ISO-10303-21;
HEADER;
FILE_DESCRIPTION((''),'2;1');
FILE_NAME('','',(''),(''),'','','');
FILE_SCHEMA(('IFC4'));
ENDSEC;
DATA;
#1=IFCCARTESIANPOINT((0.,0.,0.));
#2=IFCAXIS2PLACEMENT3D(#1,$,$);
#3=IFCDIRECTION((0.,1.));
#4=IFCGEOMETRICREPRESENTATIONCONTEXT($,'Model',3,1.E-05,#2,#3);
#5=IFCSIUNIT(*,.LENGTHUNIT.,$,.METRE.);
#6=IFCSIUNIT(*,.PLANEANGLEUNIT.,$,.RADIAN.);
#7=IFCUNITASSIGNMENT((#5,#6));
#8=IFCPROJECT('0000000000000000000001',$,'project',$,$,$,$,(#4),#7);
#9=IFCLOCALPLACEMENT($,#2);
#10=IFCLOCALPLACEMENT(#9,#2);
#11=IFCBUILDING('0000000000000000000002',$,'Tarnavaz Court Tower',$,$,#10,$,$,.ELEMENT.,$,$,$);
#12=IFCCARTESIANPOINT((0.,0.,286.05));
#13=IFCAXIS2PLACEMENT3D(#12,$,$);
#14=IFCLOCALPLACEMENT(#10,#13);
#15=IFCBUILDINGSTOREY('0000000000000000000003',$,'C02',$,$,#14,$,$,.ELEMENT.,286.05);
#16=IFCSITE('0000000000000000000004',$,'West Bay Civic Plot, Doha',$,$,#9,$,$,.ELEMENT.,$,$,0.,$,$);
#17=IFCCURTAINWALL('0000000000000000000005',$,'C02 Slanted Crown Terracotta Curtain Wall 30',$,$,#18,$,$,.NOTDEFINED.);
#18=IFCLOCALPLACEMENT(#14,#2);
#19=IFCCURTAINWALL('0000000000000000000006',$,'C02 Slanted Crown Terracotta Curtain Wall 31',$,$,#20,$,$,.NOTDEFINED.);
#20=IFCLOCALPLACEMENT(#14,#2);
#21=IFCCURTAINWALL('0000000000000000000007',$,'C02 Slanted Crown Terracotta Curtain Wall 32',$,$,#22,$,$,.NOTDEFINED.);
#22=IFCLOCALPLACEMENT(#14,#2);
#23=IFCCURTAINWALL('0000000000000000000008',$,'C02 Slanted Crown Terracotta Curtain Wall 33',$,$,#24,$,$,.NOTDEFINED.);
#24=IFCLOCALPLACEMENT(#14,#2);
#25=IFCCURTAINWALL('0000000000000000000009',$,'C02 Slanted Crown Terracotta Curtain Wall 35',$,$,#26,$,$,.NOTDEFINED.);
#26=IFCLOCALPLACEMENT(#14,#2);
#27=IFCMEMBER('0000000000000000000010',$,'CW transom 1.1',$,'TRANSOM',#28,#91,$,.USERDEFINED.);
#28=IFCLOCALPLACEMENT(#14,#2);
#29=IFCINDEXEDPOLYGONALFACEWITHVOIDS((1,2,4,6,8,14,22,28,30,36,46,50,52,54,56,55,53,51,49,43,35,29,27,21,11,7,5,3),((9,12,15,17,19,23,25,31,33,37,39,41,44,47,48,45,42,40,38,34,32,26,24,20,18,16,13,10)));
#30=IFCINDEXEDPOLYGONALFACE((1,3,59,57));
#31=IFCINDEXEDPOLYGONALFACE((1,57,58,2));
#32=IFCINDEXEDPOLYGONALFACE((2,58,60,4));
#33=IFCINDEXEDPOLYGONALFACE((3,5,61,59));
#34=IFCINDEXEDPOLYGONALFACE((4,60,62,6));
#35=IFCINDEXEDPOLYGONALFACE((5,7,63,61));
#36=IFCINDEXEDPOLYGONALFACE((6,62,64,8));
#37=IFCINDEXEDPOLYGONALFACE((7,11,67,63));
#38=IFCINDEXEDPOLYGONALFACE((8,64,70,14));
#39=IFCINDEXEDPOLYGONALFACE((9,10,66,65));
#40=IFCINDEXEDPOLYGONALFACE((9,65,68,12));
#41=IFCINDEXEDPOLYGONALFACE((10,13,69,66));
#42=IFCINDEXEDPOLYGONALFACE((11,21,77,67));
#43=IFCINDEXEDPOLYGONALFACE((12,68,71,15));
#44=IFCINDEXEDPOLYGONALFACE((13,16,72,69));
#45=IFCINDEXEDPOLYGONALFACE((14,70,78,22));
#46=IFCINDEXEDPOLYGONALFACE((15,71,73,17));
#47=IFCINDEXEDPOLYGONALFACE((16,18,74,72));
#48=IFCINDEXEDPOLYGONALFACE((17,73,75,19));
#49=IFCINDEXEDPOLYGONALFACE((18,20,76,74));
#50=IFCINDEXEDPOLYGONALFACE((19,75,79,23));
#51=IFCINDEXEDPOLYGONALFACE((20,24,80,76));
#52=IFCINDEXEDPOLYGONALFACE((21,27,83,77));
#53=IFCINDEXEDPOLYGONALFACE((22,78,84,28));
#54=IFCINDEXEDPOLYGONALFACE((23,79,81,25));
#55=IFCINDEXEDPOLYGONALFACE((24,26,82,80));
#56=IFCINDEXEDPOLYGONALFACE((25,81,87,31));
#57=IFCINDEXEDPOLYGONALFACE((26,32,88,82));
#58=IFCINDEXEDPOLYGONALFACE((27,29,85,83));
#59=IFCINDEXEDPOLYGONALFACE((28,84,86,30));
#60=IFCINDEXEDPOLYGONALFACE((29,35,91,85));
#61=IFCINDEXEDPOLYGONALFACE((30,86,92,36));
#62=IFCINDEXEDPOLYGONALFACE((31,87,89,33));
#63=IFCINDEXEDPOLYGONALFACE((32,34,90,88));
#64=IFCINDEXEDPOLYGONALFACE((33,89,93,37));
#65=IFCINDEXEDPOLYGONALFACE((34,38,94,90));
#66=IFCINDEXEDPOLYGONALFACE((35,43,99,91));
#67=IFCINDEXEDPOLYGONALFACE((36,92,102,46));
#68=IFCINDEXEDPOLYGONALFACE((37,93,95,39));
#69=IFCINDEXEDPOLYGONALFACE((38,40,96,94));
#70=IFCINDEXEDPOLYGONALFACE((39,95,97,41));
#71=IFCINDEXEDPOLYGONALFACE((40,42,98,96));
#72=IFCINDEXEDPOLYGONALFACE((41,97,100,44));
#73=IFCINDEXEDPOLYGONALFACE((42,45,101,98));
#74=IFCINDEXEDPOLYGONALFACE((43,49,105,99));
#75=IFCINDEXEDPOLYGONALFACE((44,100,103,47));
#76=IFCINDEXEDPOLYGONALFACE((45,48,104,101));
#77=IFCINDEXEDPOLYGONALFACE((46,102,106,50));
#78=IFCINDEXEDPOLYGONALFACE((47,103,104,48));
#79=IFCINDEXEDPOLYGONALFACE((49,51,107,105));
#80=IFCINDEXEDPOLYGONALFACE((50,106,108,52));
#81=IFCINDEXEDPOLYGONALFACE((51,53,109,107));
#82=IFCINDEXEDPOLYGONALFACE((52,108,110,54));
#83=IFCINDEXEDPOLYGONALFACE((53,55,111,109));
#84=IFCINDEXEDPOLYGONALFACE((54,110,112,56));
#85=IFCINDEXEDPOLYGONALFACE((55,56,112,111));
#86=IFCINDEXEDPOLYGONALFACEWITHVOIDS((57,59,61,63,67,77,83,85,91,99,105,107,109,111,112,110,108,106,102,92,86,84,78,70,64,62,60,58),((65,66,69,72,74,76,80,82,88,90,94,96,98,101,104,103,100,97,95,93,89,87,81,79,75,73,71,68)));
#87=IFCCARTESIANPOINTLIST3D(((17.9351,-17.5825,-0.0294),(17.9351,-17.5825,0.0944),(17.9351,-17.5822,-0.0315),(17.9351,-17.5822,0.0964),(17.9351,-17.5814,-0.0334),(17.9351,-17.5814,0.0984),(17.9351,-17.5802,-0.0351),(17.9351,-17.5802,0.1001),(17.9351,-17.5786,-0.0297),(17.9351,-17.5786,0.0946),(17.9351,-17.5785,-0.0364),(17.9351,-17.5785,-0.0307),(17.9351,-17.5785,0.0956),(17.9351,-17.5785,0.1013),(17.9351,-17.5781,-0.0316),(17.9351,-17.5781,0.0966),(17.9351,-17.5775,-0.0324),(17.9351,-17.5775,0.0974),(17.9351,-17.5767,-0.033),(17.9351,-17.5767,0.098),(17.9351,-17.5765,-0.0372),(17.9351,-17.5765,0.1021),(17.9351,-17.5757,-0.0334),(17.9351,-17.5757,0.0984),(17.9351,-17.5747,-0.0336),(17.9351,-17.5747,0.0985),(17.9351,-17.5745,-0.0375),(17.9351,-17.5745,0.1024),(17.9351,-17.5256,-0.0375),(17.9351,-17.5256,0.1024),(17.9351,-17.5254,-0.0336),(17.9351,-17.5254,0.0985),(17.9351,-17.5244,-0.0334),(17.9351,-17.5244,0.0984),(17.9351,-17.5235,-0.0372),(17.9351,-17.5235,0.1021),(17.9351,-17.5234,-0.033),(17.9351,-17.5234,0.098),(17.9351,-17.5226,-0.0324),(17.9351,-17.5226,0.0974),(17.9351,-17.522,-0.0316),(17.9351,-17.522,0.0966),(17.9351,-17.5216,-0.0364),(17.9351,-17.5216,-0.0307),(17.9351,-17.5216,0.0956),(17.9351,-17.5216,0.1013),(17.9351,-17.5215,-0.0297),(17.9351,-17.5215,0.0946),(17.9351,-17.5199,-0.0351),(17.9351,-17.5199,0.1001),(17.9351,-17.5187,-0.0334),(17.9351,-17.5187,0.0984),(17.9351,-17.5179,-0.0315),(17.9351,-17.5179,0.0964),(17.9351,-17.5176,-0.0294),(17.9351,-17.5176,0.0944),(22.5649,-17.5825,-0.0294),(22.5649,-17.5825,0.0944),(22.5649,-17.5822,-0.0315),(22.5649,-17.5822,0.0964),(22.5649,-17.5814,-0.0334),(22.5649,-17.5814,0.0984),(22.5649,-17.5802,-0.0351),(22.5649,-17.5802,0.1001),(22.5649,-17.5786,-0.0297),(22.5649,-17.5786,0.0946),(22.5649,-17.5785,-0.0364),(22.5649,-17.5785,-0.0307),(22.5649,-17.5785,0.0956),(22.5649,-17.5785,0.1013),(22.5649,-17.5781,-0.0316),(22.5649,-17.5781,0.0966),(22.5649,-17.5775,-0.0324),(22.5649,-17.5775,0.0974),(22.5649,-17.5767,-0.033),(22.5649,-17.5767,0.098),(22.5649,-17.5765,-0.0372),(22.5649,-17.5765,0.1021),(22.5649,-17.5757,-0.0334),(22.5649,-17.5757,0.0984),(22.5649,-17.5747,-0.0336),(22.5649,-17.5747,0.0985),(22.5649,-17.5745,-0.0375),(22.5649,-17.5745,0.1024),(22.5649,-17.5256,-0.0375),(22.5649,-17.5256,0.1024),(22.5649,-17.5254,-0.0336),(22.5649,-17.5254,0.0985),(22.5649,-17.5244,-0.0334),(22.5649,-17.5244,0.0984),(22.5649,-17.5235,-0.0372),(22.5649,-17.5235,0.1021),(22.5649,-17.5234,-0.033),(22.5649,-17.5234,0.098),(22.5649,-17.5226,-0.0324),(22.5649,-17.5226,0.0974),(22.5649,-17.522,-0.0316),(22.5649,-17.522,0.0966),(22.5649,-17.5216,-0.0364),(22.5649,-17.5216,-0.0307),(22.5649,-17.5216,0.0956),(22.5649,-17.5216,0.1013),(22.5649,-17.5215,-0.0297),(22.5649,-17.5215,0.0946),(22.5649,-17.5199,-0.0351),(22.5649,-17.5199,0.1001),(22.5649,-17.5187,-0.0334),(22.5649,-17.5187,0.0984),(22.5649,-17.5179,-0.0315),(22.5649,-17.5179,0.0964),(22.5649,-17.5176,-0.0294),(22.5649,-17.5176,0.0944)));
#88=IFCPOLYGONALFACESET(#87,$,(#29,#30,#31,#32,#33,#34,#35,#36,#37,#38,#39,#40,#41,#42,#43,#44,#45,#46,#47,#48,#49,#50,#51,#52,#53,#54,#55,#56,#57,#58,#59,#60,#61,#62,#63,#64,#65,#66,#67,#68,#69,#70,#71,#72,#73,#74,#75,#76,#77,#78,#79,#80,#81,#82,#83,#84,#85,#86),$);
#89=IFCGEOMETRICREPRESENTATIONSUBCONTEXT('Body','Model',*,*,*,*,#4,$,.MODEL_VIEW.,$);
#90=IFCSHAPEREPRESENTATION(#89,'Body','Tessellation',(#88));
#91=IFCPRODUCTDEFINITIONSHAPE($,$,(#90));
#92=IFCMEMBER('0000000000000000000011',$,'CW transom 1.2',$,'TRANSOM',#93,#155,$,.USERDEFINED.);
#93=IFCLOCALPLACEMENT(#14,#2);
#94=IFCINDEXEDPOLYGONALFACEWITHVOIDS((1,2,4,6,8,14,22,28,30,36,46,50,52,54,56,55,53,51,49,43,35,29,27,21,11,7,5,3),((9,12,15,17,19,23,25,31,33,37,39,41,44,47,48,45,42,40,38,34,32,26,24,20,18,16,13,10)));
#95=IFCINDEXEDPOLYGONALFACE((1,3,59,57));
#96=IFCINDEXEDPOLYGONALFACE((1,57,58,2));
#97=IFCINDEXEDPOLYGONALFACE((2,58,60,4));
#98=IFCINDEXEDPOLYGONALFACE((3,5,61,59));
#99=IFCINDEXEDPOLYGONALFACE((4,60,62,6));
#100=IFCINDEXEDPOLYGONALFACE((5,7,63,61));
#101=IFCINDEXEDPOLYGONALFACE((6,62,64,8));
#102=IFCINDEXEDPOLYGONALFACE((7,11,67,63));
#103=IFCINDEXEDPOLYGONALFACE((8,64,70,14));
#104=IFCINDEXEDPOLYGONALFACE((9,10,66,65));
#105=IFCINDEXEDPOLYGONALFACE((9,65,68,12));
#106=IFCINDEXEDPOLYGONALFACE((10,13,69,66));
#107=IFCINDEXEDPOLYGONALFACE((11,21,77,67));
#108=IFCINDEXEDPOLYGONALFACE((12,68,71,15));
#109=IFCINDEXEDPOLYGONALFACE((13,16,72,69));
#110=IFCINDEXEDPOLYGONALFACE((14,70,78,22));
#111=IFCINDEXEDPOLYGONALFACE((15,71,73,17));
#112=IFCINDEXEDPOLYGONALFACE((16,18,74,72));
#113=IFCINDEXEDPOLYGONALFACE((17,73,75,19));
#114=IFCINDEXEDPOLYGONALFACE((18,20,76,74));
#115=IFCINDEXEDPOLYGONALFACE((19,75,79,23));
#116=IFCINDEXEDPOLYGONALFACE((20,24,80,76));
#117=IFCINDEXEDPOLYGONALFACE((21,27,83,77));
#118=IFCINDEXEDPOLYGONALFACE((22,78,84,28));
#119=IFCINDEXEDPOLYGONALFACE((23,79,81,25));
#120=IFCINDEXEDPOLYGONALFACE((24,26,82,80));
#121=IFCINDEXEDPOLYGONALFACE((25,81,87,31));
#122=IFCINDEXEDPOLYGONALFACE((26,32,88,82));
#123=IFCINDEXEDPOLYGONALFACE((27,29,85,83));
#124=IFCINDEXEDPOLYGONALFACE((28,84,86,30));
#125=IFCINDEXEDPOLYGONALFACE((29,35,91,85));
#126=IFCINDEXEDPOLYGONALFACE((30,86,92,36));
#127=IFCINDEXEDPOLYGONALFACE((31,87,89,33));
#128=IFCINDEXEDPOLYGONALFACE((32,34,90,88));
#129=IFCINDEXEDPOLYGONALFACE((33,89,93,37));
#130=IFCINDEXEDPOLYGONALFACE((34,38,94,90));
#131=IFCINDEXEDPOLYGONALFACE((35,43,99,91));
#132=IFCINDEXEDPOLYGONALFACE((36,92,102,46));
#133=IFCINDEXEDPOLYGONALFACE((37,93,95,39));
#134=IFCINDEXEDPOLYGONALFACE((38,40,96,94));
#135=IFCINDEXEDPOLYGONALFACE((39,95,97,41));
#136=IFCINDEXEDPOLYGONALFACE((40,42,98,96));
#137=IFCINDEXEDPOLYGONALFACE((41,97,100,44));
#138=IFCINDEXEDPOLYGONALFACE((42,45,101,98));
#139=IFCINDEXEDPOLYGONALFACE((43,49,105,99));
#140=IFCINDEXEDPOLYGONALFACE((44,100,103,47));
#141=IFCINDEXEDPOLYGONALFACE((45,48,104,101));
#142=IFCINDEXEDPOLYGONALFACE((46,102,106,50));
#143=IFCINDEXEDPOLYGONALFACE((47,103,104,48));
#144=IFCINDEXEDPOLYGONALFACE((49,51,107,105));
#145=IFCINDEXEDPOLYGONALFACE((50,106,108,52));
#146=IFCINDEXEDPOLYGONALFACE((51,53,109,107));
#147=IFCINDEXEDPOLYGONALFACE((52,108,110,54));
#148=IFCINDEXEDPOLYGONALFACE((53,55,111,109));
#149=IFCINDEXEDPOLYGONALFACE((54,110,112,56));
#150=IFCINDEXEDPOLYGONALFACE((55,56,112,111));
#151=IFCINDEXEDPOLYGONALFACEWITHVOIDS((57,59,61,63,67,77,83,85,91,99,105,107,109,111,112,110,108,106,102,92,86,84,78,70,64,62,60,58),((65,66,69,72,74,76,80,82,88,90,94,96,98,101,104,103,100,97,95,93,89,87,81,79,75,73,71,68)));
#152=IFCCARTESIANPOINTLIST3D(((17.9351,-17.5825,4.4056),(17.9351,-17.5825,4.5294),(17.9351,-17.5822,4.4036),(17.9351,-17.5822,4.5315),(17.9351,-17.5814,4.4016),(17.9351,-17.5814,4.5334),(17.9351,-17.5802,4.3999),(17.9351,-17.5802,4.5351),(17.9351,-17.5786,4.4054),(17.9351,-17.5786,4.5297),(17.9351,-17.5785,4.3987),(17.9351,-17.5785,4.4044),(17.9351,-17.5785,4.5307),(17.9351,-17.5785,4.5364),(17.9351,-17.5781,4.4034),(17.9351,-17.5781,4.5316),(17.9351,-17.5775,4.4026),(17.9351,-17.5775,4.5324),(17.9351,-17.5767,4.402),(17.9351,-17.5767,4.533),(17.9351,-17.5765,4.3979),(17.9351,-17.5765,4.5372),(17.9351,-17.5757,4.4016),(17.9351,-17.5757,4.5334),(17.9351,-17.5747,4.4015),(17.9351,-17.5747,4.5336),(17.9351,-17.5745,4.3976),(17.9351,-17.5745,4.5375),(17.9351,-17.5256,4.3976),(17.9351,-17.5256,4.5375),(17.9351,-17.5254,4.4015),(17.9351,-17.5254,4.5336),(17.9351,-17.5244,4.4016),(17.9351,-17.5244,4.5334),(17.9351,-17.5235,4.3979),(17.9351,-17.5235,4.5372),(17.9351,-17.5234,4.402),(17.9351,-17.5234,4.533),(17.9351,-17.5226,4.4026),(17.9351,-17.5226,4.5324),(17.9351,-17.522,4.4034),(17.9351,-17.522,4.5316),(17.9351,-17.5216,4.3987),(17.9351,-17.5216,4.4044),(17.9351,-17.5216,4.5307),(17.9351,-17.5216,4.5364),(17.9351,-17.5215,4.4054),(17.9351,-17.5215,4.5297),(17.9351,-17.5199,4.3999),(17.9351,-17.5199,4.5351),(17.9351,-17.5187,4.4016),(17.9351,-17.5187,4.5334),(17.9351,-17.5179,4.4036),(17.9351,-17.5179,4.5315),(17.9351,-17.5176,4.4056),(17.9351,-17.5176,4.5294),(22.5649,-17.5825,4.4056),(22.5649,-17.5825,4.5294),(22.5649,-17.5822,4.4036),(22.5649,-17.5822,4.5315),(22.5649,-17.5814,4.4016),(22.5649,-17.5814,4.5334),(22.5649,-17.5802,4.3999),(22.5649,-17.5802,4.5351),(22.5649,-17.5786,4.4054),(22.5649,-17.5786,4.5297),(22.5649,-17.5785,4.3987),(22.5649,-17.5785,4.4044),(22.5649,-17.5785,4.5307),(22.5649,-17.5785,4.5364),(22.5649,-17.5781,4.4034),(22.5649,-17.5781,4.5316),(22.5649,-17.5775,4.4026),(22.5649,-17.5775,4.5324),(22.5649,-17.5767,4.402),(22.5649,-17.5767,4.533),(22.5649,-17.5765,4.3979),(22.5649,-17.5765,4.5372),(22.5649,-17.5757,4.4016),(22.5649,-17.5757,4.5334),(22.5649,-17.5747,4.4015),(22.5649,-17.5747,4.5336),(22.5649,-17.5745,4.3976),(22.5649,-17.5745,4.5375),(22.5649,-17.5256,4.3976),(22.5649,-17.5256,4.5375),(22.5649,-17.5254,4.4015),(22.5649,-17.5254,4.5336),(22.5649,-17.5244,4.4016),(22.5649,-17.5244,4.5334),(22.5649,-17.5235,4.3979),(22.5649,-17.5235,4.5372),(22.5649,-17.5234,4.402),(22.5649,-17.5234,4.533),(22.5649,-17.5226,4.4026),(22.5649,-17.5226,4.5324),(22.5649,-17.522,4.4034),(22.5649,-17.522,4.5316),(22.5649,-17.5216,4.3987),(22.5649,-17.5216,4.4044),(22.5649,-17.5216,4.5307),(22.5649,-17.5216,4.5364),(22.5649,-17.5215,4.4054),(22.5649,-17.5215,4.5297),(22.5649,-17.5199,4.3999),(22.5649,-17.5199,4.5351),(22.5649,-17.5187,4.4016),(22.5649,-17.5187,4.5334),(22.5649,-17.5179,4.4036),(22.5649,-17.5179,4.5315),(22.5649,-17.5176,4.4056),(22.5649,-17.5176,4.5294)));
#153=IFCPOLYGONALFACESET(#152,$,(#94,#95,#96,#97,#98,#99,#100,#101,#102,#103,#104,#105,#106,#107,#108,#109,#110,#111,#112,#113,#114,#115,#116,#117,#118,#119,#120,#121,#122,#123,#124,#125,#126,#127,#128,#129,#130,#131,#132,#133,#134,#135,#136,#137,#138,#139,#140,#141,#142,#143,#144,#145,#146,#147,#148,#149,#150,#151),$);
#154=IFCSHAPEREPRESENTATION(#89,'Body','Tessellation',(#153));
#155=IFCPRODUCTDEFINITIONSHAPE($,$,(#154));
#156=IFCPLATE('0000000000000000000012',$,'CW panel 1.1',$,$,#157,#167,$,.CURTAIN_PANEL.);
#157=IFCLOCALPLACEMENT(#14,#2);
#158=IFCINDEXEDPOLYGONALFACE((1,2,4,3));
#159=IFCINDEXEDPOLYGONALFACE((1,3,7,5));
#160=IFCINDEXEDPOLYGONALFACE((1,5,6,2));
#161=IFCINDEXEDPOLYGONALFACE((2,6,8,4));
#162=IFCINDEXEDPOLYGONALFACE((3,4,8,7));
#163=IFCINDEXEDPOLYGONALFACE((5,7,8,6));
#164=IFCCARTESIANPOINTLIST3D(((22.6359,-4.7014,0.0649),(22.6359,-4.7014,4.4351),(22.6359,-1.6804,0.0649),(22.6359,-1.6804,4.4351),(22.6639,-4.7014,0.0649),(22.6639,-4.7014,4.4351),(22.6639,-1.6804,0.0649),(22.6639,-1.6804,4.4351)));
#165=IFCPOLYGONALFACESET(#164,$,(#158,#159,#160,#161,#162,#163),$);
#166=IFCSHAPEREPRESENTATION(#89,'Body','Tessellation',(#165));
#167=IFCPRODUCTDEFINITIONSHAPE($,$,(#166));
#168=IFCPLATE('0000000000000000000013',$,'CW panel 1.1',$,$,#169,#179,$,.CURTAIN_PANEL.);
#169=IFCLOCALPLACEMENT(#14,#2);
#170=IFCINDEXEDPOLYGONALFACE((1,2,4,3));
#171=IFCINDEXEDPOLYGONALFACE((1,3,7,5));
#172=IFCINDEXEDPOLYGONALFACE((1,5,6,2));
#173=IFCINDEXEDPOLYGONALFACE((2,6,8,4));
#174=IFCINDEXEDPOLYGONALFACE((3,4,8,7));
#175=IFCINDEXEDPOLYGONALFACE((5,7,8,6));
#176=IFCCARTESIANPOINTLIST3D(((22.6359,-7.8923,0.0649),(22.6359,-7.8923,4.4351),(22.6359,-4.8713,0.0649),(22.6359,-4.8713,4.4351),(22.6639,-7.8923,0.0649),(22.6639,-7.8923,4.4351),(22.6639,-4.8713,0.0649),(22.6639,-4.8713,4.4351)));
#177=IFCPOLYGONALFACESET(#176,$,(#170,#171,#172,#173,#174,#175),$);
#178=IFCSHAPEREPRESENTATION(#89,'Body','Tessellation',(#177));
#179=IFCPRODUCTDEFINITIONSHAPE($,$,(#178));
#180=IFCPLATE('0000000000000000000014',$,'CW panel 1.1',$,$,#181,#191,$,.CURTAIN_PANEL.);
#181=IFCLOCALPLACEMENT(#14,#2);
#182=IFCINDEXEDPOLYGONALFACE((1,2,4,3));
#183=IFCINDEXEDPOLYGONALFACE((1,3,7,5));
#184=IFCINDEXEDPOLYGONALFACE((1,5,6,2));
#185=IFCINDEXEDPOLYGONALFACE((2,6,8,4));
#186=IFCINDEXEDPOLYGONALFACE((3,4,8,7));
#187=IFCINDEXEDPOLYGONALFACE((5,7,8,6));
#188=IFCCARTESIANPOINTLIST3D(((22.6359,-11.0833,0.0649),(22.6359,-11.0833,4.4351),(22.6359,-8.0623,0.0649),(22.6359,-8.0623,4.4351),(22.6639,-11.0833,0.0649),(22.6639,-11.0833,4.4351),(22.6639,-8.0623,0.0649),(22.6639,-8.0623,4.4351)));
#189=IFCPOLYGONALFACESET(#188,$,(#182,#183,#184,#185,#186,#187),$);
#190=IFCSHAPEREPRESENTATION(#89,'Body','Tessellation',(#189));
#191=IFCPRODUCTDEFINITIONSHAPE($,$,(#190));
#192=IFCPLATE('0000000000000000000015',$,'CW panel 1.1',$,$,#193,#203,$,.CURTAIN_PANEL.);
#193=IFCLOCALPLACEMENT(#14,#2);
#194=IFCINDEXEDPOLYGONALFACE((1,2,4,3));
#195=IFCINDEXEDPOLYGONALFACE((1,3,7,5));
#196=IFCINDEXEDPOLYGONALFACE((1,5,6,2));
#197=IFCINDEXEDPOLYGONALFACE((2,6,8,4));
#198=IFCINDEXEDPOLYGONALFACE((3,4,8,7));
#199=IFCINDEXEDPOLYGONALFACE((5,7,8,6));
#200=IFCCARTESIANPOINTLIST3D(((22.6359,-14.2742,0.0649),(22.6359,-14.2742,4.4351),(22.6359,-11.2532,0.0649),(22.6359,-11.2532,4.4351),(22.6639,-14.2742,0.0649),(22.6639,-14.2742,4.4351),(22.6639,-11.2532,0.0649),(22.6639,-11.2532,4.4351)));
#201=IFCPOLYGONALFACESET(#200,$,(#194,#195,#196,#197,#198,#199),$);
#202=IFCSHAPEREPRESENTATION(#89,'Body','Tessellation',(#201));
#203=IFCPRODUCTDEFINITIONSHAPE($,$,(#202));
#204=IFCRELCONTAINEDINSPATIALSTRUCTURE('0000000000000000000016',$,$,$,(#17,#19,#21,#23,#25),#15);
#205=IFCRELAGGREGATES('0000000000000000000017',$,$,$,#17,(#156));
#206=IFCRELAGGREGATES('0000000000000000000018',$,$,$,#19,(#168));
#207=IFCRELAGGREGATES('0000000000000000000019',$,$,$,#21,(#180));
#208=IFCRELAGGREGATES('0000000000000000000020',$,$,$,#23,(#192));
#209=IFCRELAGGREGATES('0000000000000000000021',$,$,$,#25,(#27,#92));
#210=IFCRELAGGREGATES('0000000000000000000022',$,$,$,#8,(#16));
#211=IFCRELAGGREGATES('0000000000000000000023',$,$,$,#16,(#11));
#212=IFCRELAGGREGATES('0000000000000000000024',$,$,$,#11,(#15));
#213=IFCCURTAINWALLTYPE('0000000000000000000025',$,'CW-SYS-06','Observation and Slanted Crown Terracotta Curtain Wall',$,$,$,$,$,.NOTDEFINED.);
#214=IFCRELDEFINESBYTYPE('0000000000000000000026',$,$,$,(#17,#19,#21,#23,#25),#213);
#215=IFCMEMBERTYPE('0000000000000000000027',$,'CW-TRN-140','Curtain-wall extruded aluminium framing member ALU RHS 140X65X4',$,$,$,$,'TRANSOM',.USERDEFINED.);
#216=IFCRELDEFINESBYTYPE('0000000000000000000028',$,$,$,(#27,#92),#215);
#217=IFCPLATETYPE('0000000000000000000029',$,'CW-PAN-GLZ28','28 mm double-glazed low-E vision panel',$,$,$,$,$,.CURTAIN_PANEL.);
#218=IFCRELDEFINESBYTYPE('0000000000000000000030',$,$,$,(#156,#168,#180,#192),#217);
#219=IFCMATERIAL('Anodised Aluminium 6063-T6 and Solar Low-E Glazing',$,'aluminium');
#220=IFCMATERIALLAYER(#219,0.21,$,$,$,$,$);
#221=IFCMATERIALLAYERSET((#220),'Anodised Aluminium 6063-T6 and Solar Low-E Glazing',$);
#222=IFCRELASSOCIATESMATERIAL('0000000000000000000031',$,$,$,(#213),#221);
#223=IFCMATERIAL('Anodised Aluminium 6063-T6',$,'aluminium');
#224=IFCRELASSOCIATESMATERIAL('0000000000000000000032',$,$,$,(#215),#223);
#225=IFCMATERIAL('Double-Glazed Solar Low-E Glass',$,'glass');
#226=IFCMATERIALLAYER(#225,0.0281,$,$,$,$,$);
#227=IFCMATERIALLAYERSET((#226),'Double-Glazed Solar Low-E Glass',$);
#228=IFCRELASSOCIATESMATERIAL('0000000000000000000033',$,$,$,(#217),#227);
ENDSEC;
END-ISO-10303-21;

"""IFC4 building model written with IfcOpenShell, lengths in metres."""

from ifc_helpers import new_model, si_unit, direction, frame, origin, origin_2d, place, context, subcontext, project, spatial, rectangle, hollow_rectangle, extrude, material, layer, layer_set, material_profile, profile_set, type_object, element, aggregate, save


model = new_model("IFC4")

# Units and contexts
model_context = context("Model", 3, precision=1e-05, world=origin(), true_north=direction((0.0, 1.0)))
body_context = subcontext(model_context, "Body", "Model", "MODEL_VIEW")
ifc_project = project(units=[si_unit("LENGTHUNIT", "METRE"), si_unit("PLANEANGLEUNIT", "RADIAN")], contexts=[model_context])

# Site, building, storey
site_placement = place(None, origin())
site = spatial("IfcSite", under=ifc_project, at=site_placement, Name="West Bay Civic Plot, Doha", CompositionType="ELEMENT", RefElevation=0.0)
building_placement = place(site_placement, origin())
building = spatial("IfcBuilding", under=site, at=building_placement, Name="Tarnavaz Court Tower", CompositionType="ELEMENT")
storey_placement = place(building_placement, frame((0.0, 0.0, 286.05)))
storey = spatial("IfcBuildingStorey", under=building, at=storey_placement, Name="C02", CompositionType="ELEMENT", Elevation=286.05)

# Shared definitions
ifc_material_1 = material(Name="Anodised Aluminium 6063-T6 and Solar Low-E Glazing", Category="aluminium")
ifc_layer_1 = layer(ifc_material_1, 0.21)
ifc_layer_set_1 = layer_set([ifc_layer_1], Name="Anodised Aluminium 6063-T6 and Solar Low-E Glazing")
curtain_wall_type = type_object("IfcCurtainWallType", Name="CW-SYS-06", Description="Observation and Slanted Crown Terracotta Curtain Wall", PredefinedType="NOTDEFINED", material=ifc_layer_set_1)
ifc_material_2 = material(Name="Anodised Aluminium 6063-T6", Category="aluminium")

# Curtain walls
curtain_wall_1_placement = place(storey_placement, origin())
curtain_wall_1 = element("IfcCurtainWall", 1, at=curtain_wall_1_placement, inside=storey, type_object=curtain_wall_type, Name="C02 Slanted Crown Terracotta Curtain Wall 30", PredefinedType="NOTDEFINED")
curtain_wall_2_placement = place(storey_placement, origin())
curtain_wall_2 = element("IfcCurtainWall", 2, at=curtain_wall_2_placement, inside=storey, type_object=curtain_wall_type, Name="C02 Slanted Crown Terracotta Curtain Wall 31", PredefinedType="NOTDEFINED")
curtain_wall_3_placement = place(storey_placement, origin())
curtain_wall_3 = element("IfcCurtainWall", 3, at=curtain_wall_3_placement, inside=storey, type_object=curtain_wall_type, Name="C02 Slanted Crown Terracotta Curtain Wall 32", PredefinedType="NOTDEFINED")
curtain_wall_4_placement = place(storey_placement, origin())
curtain_wall_4 = element("IfcCurtainWall", 4, at=curtain_wall_4_placement, inside=storey, type_object=curtain_wall_type, Name="C02 Slanted Crown Terracotta Curtain Wall 33", PredefinedType="NOTDEFINED")

# Curtain wall
curtain_wall_5_placement = place(storey_placement, origin())
curtain_wall_5 = element("IfcCurtainWall", 5, at=curtain_wall_5_placement, inside=storey, type_object=curtain_wall_type, Name="C02 Slanted Crown Terracotta Curtain Wall 35", PredefinedType="NOTDEFINED")

# Members
ifc_material_profile_1 = material_profile(ifc_material_2, hollow_rectangle(XDim=0.0649, YDim=0.1399, WallThickness=0.0039, InnerFilletRadius=0.0039, OuterFilletRadius=0.0081, at=origin_2d()), Name="ALU RHS 140X65X4")
ifc_profile_set_1 = profile_set([ifc_material_profile_1], Name="Anodised Aluminium 6063-T6")
member_type_1 = type_object("IfcMemberType", Name="CW-TRN-140", Description="Curtain-wall extruded aluminium framing member ALU RHS 140X65X4", ElementType="TRANSOM", PredefinedType="USERDEFINED", material=ifc_profile_set_1)
member_1_placement = place(storey_placement, frame((22.5649, -17.55, 0.0325), z_axis=(-1.0, 0.0, 0.0), x_axis=(0.0, -1.0, 0.0)))
member_1 = element("IfcMember", 6, at=member_1_placement, type_object=member_type_1, Name="CW transom 1.1", ObjectType="TRANSOM", PredefinedType="USERDEFINED", context=body_context, shape_type="SweptSolid", body=[
    extrude(hollow_rectangle(XDim=0.0649, YDim=0.1399, WallThickness=0.0039, InnerFilletRadius=0.0039, OuterFilletRadius=0.0081, at=origin_2d()), origin(), (0.0, 0.0, 1.0), 4.6299),
])
member_2_placement = place(storey_placement, frame((22.5649, -17.55, 4.4675), z_axis=(-1.0, 0.0, 0.0), x_axis=(0.0, -1.0, 0.0)))
member_2 = element("IfcMember", 7, at=member_2_placement, type_object=member_type_1, Name="CW transom 1.2", ObjectType="TRANSOM", PredefinedType="USERDEFINED", context=body_context, shape_type="SweptSolid", body=[
    extrude(hollow_rectangle(XDim=0.0649, YDim=0.1399, WallThickness=0.0039, InnerFilletRadius=0.0039, OuterFilletRadius=0.0081, at=origin_2d()), origin(), (0.0, 0.0, 1.0), 4.6299),
])

# Plates
ifc_material_3 = material(Name="Double-Glazed Solar Low-E Glass", Category="glass")
ifc_layer_2 = layer(ifc_material_3, 0.0281)
ifc_layer_set_2 = layer_set([ifc_layer_2], Name="Double-Glazed Solar Low-E Glass")
plate_type_1 = type_object("IfcPlateType", Name="CW-PAN-GLZ28", Description="28 mm double-glazed low-E vision panel", PredefinedType="CURTAIN_PANEL", material=ifc_layer_set_2)
plate_1_placement = place(storey_placement, frame((22.6499, -3.1909, 0.0649), z_axis=(0.0, 0.0, 1.0), x_axis=(0.0, -1.0, 0.0)))
plate_1 = element("IfcPlate", 8, at=plate_1_placement, type_object=plate_type_1, Name="CW panel 1.1", PredefinedType="CURTAIN_PANEL", context=body_context, shape_type="SweptSolid", body=[
    extrude(rectangle(XDim=3.021, YDim=0.0281, at=origin_2d()), origin(), (0.0, 0.0, 1.0), 4.3701),
])
aggregate(curtain_wall_1, [plate_1])
plate_2_placement = place(storey_placement, frame((22.6499, -6.3818, 0.0649), z_axis=(0.0, 0.0, 1.0), x_axis=(0.0, -1.0, 0.0)))
plate_2 = element("IfcPlate", 9, at=plate_2_placement, type_object=plate_type_1, Name="CW panel 1.1", PredefinedType="CURTAIN_PANEL", context=body_context, shape_type="SweptSolid", body=[
    extrude(rectangle(XDim=3.021, YDim=0.0281, at=origin_2d()), origin(), (0.0, 0.0, 1.0), 4.3701),
])
aggregate(curtain_wall_2, [plate_2])
plate_3_placement = place(storey_placement, frame((22.6499, -9.5728, 0.0649), z_axis=(0.0, 0.0, 1.0), x_axis=(0.0, -1.0, 0.0)))
plate_3 = element("IfcPlate", 10, at=plate_3_placement, type_object=plate_type_1, Name="CW panel 1.1", PredefinedType="CURTAIN_PANEL", context=body_context, shape_type="SweptSolid", body=[
    extrude(rectangle(XDim=3.021, YDim=0.0281, at=origin_2d()), origin(), (0.0, 0.0, 1.0), 4.3701),
])
aggregate(curtain_wall_3, [plate_3])
plate_4_placement = place(storey_placement, frame((22.6499, -12.7637, 0.0649), z_axis=(0.0, 0.0, 1.0), x_axis=(0.0, -1.0, 0.0)))
plate_4 = element("IfcPlate", 11, at=plate_4_placement, type_object=plate_type_1, Name="CW panel 1.1", PredefinedType="CURTAIN_PANEL", context=body_context, shape_type="SweptSolid", body=[
    extrude(rectangle(XDim=3.021, YDim=0.0281, at=origin_2d()), origin(), (0.0, 0.0, 1.0), 4.3701),
])
aggregate(curtain_wall_4, [plate_4])
aggregate(curtain_wall_5, [member_1, member_2])

save(model, "model.ifc")
